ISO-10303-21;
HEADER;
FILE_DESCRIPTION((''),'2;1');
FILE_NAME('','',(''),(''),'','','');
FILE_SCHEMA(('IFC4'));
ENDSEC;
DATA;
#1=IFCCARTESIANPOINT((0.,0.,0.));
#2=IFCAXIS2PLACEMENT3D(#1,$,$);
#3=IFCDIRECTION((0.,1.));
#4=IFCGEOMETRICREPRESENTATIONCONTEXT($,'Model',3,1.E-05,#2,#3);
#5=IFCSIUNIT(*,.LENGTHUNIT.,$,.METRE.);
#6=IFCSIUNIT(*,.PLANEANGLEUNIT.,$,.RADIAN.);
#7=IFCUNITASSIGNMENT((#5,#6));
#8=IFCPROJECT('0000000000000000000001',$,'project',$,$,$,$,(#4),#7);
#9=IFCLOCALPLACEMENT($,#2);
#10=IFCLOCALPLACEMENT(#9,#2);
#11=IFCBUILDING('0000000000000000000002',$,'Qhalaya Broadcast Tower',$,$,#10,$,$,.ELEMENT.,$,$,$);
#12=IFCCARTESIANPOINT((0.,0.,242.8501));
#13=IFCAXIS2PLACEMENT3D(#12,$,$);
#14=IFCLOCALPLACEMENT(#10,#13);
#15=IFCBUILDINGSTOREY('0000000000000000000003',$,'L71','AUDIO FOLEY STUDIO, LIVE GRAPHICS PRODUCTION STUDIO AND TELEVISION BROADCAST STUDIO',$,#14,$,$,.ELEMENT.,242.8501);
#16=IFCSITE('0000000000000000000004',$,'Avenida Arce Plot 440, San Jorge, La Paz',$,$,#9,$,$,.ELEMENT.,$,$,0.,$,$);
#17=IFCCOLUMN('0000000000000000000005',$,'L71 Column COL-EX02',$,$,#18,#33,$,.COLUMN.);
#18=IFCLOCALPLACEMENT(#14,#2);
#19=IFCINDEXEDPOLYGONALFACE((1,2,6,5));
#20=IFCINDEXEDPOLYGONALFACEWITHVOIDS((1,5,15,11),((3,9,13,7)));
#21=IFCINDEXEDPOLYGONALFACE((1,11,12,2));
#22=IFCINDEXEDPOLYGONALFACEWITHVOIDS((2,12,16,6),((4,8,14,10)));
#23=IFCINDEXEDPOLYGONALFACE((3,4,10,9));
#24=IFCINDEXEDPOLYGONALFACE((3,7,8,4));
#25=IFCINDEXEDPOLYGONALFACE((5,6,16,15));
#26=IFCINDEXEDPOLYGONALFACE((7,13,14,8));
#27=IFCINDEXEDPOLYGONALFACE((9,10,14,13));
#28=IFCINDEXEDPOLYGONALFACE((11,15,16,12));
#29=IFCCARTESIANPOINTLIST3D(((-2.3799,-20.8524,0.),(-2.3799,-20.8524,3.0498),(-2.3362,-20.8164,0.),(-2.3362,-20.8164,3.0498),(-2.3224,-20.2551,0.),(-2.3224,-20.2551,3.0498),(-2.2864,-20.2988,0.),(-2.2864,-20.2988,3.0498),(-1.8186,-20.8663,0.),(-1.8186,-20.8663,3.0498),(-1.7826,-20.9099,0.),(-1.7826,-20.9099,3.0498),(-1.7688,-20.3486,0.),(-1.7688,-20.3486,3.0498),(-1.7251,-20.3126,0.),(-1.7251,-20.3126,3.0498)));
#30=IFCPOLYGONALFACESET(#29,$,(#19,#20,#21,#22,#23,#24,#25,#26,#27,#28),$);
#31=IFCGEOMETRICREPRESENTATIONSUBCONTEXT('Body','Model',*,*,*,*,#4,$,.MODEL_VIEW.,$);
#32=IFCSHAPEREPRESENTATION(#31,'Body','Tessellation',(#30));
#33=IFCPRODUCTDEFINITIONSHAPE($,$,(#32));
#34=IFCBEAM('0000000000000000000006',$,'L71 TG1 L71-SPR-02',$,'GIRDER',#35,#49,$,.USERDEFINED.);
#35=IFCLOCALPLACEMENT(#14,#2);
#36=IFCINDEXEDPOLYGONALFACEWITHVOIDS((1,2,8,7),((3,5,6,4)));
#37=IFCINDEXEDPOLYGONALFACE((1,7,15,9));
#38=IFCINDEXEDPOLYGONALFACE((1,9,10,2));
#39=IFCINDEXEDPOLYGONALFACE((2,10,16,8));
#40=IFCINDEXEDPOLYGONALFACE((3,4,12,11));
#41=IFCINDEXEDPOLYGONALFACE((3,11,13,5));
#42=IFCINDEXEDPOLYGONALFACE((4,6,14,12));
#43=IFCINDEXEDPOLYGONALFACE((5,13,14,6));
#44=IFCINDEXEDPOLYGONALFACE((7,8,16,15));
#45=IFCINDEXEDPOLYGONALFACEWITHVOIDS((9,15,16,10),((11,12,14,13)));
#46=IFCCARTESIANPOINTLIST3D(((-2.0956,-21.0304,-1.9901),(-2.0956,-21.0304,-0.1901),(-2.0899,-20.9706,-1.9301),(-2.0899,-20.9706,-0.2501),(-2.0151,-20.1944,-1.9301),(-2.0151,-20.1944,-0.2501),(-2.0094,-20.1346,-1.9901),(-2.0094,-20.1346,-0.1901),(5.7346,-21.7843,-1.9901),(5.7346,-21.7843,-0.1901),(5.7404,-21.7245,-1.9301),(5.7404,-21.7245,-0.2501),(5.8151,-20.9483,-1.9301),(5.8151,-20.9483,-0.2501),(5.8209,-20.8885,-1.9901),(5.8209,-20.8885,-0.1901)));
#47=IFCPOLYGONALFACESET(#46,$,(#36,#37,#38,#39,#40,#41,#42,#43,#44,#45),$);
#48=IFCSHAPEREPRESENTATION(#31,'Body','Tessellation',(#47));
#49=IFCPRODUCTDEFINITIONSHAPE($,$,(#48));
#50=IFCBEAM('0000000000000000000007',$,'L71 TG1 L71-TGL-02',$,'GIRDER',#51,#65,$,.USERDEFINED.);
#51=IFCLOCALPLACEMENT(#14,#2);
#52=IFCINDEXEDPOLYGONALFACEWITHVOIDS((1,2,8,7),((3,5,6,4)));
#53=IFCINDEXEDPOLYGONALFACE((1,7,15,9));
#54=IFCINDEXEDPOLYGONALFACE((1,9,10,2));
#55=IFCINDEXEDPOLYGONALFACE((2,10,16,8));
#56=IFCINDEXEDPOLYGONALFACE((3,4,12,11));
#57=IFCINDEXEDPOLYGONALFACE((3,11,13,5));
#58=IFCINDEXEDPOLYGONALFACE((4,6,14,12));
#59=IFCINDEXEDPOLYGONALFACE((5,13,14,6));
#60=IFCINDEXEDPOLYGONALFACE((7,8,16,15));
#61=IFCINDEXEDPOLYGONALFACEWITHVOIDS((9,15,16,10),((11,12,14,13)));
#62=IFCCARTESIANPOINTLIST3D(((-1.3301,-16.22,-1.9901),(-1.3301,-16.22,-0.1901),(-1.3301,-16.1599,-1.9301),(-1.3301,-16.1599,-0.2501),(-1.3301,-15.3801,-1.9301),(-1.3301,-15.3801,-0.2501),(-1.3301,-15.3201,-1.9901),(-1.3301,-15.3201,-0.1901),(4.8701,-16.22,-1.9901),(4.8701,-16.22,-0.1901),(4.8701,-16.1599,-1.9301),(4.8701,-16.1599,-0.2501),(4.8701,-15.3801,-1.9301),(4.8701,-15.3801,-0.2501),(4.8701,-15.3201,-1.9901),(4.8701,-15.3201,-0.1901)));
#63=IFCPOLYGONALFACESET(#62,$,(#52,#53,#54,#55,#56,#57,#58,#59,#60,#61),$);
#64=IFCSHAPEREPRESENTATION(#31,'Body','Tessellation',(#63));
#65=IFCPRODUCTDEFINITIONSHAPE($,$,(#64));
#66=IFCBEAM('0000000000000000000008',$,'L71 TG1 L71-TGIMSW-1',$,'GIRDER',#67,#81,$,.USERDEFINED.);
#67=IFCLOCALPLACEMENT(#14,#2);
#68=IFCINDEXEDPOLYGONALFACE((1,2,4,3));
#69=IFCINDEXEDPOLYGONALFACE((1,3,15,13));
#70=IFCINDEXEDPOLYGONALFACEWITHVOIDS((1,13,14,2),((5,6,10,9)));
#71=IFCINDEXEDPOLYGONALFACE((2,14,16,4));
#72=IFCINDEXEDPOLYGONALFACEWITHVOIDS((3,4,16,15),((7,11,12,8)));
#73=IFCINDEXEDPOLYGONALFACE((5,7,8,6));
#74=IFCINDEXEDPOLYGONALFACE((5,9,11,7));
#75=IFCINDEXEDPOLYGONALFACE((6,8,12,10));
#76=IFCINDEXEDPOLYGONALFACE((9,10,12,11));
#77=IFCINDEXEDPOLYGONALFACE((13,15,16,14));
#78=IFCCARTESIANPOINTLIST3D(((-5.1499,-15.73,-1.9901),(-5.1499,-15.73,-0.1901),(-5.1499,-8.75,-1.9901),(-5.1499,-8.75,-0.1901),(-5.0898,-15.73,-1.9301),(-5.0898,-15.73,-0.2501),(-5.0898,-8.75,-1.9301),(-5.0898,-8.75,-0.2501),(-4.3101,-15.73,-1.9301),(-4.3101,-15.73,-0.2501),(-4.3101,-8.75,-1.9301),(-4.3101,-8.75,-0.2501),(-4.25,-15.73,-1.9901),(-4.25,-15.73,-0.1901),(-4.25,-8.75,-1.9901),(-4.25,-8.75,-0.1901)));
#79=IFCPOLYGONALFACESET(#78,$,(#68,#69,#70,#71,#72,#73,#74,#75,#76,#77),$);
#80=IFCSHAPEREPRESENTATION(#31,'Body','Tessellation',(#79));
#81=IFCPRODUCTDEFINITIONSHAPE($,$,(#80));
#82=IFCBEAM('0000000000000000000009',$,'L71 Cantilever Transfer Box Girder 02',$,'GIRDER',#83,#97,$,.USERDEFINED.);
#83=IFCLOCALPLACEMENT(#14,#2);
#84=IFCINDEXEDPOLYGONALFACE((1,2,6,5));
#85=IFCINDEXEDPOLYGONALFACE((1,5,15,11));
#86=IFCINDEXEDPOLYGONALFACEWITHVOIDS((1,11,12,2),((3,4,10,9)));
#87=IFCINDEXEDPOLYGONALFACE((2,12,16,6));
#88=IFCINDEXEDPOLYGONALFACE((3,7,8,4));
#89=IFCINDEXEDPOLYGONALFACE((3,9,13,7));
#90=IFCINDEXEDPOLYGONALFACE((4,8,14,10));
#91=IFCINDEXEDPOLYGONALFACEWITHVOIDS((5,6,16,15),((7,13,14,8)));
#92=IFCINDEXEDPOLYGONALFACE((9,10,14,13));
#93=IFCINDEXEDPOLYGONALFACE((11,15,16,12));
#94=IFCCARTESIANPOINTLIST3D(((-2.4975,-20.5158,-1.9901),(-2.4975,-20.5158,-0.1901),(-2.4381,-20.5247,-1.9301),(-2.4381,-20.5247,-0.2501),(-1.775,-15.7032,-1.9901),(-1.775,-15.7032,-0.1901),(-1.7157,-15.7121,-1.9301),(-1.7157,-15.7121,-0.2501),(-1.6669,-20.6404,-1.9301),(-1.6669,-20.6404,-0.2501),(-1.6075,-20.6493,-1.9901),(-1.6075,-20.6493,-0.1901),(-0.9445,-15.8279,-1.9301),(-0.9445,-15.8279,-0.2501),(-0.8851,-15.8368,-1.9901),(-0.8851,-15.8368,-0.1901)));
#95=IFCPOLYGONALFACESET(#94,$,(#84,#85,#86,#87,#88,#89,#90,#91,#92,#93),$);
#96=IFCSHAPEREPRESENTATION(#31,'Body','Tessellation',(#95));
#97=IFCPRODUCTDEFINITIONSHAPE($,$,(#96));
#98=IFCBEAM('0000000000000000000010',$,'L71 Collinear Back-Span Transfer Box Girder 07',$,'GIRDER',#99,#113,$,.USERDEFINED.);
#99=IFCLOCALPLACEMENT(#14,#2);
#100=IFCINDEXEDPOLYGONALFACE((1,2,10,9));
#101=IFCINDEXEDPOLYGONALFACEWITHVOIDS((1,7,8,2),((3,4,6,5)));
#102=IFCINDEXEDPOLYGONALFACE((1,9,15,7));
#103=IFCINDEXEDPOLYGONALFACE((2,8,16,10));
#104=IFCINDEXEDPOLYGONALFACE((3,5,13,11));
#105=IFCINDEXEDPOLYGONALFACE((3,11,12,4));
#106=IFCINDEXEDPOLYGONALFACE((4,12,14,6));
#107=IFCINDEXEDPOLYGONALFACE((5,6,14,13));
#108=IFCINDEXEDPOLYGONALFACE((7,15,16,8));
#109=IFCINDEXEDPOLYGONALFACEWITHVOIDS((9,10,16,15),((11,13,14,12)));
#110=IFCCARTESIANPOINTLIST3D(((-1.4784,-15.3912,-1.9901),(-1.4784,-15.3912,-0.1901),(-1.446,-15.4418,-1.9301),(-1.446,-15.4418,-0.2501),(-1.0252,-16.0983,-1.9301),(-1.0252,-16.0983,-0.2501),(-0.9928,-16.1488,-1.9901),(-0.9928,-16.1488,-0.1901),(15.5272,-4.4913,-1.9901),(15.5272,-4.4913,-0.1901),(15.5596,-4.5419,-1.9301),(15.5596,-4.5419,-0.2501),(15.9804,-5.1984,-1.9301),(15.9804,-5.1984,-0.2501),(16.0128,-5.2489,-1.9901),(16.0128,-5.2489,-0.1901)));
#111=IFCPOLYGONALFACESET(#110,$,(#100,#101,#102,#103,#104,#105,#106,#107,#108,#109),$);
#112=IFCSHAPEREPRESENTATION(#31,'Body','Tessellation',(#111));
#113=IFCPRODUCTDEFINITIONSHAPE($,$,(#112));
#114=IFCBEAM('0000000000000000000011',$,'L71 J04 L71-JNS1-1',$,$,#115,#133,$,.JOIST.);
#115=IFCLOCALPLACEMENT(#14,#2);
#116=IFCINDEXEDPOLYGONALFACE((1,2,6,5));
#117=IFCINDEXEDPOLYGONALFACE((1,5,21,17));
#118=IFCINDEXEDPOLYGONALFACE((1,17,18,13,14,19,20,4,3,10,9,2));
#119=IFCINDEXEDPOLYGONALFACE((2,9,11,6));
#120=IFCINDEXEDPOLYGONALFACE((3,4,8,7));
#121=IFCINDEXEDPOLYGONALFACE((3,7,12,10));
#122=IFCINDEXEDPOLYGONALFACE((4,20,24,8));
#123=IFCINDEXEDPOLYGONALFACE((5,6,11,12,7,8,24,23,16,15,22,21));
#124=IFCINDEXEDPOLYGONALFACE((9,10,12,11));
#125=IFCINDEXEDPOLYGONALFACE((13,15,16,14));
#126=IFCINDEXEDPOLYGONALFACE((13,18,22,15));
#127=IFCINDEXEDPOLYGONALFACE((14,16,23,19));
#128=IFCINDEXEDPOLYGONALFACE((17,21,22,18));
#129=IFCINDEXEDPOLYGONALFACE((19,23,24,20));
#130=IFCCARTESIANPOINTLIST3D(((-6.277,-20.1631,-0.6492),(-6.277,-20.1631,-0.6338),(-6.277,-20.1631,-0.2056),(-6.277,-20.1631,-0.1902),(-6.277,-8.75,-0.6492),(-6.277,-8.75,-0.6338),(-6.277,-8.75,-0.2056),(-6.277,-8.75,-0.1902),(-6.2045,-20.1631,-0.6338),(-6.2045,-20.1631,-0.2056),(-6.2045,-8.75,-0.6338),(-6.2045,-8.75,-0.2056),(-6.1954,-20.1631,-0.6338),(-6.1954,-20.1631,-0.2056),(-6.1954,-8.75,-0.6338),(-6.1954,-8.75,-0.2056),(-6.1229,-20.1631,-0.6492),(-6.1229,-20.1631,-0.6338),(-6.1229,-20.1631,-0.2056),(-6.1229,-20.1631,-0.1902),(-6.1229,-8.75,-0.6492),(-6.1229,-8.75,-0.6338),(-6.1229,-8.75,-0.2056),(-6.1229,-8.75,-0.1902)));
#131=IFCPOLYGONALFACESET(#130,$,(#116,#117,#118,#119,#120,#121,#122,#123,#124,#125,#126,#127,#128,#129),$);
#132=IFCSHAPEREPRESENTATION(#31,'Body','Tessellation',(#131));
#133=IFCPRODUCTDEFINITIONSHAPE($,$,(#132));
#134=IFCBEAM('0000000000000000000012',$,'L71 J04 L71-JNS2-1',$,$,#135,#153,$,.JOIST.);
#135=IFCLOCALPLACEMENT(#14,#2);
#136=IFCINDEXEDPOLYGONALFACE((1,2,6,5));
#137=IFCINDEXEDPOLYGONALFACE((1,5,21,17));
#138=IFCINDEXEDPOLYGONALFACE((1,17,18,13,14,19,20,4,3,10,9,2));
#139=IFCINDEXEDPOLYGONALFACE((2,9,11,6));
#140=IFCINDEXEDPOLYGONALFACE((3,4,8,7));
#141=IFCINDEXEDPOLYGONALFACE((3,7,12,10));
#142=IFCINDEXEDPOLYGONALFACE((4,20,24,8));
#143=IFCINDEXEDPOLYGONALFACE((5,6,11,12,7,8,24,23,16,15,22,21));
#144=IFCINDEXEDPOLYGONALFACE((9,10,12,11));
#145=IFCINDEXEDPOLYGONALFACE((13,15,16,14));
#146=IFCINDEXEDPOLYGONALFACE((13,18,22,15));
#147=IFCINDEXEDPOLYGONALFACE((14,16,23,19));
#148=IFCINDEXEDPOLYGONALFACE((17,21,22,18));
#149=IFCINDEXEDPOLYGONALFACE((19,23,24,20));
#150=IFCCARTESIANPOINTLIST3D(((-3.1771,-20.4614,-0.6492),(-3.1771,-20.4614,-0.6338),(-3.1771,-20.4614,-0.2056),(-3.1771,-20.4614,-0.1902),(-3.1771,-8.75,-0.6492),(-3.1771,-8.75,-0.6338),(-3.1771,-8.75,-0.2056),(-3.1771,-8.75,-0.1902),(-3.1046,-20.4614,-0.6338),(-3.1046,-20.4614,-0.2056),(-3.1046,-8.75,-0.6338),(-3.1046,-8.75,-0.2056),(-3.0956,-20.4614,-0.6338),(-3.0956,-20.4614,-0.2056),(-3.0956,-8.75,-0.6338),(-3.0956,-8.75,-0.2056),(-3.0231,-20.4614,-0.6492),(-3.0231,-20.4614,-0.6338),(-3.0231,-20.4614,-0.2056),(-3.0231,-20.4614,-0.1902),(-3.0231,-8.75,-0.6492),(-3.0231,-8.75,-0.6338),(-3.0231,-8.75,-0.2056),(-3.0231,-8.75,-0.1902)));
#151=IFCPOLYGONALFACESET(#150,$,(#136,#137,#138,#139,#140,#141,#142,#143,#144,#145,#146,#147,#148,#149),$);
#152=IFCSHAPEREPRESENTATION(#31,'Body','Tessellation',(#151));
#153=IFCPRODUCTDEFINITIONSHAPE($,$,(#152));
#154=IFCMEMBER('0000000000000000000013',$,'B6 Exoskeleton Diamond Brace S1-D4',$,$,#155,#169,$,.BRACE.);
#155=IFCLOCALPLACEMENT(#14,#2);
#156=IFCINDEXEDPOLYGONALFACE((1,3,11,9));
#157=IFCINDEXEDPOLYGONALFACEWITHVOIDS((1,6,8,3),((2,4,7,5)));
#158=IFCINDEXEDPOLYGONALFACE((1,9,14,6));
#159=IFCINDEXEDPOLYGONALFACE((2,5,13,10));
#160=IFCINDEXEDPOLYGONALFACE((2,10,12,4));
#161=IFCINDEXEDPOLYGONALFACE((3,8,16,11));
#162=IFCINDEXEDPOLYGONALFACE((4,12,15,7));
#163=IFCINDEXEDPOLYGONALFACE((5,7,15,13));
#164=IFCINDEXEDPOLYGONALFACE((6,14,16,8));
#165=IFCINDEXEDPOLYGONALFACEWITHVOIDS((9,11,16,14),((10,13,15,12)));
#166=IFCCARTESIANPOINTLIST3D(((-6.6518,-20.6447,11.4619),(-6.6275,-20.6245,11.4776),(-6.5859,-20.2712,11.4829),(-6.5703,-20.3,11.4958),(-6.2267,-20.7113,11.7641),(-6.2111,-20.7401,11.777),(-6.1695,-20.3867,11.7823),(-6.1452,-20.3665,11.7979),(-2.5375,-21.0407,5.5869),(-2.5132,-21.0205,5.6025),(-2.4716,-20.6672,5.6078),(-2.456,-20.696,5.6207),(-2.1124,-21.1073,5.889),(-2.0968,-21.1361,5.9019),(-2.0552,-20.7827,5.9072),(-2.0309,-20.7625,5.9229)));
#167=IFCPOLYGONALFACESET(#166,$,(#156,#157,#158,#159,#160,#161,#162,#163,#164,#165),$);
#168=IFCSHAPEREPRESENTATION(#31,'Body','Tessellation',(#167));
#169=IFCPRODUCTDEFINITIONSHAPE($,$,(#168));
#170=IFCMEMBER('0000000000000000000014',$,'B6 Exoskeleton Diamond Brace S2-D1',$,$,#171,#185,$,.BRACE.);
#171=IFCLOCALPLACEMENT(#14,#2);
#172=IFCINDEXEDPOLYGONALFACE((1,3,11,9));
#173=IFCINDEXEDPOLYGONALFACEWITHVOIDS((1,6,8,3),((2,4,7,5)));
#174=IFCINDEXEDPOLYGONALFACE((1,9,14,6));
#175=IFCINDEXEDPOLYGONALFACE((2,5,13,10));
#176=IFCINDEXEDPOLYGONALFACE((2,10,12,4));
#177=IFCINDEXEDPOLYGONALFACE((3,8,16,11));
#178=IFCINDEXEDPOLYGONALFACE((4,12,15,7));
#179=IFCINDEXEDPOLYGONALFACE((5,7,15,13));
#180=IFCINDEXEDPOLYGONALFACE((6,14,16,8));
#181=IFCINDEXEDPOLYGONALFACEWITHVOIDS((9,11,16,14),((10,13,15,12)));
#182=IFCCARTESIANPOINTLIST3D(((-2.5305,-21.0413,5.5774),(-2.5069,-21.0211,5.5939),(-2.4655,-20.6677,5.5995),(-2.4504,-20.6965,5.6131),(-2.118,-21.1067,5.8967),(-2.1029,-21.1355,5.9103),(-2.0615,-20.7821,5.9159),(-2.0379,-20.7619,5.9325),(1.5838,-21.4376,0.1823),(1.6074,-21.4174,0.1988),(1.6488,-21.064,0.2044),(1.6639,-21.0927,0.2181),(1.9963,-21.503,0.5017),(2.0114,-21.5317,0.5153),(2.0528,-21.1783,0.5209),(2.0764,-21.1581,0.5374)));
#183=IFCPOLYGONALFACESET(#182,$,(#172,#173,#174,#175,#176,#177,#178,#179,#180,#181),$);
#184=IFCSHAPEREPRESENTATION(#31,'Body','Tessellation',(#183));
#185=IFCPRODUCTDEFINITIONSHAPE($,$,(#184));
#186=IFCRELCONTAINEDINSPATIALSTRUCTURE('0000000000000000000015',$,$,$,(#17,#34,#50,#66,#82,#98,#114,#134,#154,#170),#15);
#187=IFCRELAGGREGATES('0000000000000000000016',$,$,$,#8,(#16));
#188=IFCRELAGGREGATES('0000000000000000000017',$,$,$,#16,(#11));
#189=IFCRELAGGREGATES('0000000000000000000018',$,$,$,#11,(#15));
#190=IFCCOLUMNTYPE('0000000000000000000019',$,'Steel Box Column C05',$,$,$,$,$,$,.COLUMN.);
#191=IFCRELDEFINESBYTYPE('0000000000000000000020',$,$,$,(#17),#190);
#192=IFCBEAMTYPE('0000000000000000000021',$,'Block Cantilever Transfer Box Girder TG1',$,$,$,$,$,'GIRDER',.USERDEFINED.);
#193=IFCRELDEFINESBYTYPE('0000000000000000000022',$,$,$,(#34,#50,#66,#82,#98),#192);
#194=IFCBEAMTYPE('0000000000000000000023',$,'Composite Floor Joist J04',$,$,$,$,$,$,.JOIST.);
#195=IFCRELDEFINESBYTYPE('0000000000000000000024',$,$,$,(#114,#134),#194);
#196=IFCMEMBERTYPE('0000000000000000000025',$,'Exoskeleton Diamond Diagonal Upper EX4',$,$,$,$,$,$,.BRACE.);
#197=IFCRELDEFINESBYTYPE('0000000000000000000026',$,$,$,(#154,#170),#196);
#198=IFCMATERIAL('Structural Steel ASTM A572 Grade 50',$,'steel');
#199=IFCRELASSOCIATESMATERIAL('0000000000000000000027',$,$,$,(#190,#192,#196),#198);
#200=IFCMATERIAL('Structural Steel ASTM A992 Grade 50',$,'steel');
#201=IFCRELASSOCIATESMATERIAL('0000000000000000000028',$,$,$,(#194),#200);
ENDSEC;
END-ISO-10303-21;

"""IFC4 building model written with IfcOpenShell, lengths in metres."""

from ifc_helpers import new_model, si_unit, direction, frame, origin, origin_2d, place, context, subcontext, project, spatial, hollow_rectangle, i_section, extrude, material, material_profile, profile_set, type_object, element, save


model = new_model("IFC4")

# Units and contexts
model_context = context("Model", 3, precision=1e-05, world=origin(), true_north=direction((0.0, 1.0)))
body_context = subcontext(model_context, "Body", "Model", "MODEL_VIEW")
ifc_project = project(units=[si_unit("LENGTHUNIT", "METRE"), si_unit("PLANEANGLEUNIT", "RADIAN")], contexts=[model_context])

# Site, building, storey
site_placement = place(None, origin())
site = spatial("IfcSite", under=ifc_project, at=site_placement, Name="Avenida Arce Plot 440, San Jorge, La Paz", CompositionType="ELEMENT", RefElevation=0.0)
building_placement = place(site_placement, origin())
building = spatial("IfcBuilding", under=site, at=building_placement, Name="Qhalaya Broadcast Tower", CompositionType="ELEMENT")
storey_placement = place(building_placement, frame((0.0, 0.0, 242.8501)))
storey = spatial("IfcBuildingStorey", under=building, at=storey_placement, Name="L71", Description="AUDIO FOLEY STUDIO, LIVE GRAPHICS PRODUCTION STUDIO AND TELEVISION BROADCAST STUDIO", CompositionType="ELEMENT", Elevation=242.8501)

# Column
ifc_material_1 = material(Name="Structural Steel ASTM A572 Grade 50", Category="steel")
ifc_material_profile_1 = material_profile(ifc_material_1, hollow_rectangle(XDim=0.6001, YDim=0.6001, WallThickness=0.04, at=origin_2d()), Name="BOX 600x600x40")
ifc_profile_set_1 = profile_set([ifc_material_profile_1], Name="Structural Steel ASTM A572 Grade 50")
column_type = type_object("IfcColumnType", Name="Steel Box Column C05", PredefinedType="COLUMN", material=ifc_profile_set_1)
column_placement = place(storey_placement, frame((-2.0525, -20.5825, 0.0), z_axis=(0.0, 0.0, 1.0), x_axis=(0.995396, -0.095846, 0.0)))
element("IfcColumn", 1, at=column_placement, inside=storey, type_object=column_type, Name="L71 Column COL-EX02", PredefinedType="COLUMN", context=body_context, shape_type="SweptSolid", body=[
    extrude(hollow_rectangle(XDim=0.6001, YDim=0.6001, WallThickness=0.04, at=origin_2d()), origin(), (0.0, 0.0, 1.0), 3.0498),
])

# Beams
ifc_material_profile_2 = material_profile(ifc_material_1, hollow_rectangle(XDim=0.8999, YDim=1.8, WallThickness=0.0601, at=origin_2d()), Name="BOX 900x1800x60")
ifc_profile_set_2 = profile_set([ifc_material_profile_2], Name="Structural Steel ASTM A572 Grade 50")
beam_type_1 = type_object("IfcBeamType", Name="Block Cantilever Transfer Box Girder TG1", ElementType="GIRDER", PredefinedType="USERDEFINED", material=ifc_profile_set_2)
beam_1_placement = place(storey_placement, frame((-2.0525, -20.5825, -1.0901), z_axis=(0.995397, -0.095837, 0.0), x_axis=(0.095837, 0.995397, 0.0)))
element("IfcBeam", 2, at=beam_1_placement, inside=storey, type_object=beam_type_1, Name="L71 TG1 L71-SPR-02", ObjectType="GIRDER", PredefinedType="USERDEFINED", context=body_context, shape_type="SweptSolid", body=[
    extrude(hollow_rectangle(XDim=0.8999, YDim=1.8, WallThickness=0.0601, at=origin_2d()), origin(), (0.0, 0.0, 1.0), 7.8665),
])
beam_2_placement = place(storey_placement, frame((-1.3301, -15.77, -1.0901), z_axis=(1.0, 0.0, 0.0), x_axis=(0.0, 1.0, 0.0)))
element("IfcBeam", 3, at=beam_2_placement, inside=storey, type_object=beam_type_1, Name="L71 TG1 L71-TGL-02", ObjectType="GIRDER", PredefinedType="USERDEFINED", context=body_context, shape_type="SweptSolid", body=[
    extrude(hollow_rectangle(XDim=0.8999, YDim=1.8, WallThickness=0.0601, at=origin_2d()), origin(), (0.0, 0.0, 1.0), 6.2002),
])
beam_3_placement = place(storey_placement, frame((-4.7, -15.73, -1.0901), z_axis=(0.0, 1.0, 0.0), x_axis=(-1.0, 0.0, 0.0)))
element("IfcBeam", 4, at=beam_3_placement, inside=storey, type_object=beam_type_1, Name="L71 TG1 L71-TGIMSW-1", ObjectType="GIRDER", PredefinedType="USERDEFINED", context=body_context, shape_type="SweptSolid", body=[
    extrude(hollow_rectangle(XDim=0.8999, YDim=1.8, WallThickness=0.0601, at=origin_2d()), origin(), (0.0, 0.0, 1.0), 6.98),
])
beam_4_placement = place(storey_placement, frame((-1.3301, -15.77, -1.0901), z_axis=(-0.148448, -0.98892, 0.0), x_axis=(0.98892, -0.148448, 0.0)))
element("IfcBeam", 5, at=beam_4_placement, inside=storey, type_object=beam_type_1, Name="L71 Cantilever Transfer Box Girder 02", ObjectType="GIRDER", PredefinedType="USERDEFINED", context=body_context, shape_type="SweptSolid", body=[
    extrude(hollow_rectangle(XDim=0.8999, YDim=1.8, WallThickness=0.0601, at=origin_2d()), origin(), (0.0, 0.0, 1.0), 4.8665),
])
beam_5_placement = place(storey_placement, frame((-1.2356, -15.77, -1.0901), z_axis=(0.841905, 0.539626, 0.0), x_axis=(-0.539626, 0.841905, 0.0)))
element("IfcBeam", 6, at=beam_5_placement, inside=storey, type_object=beam_type_1, Name="L71 Collinear Back-Span Transfer Box Girder 07", ObjectType="GIRDER", PredefinedType="USERDEFINED", context=body_context, shape_type="SweptSolid", body=[
    extrude(hollow_rectangle(XDim=0.8999, YDim=1.8, WallThickness=0.0601, at=origin_2d()), origin(), (0.0, 0.0, 1.0), 20.199),
])
ifc_material_2 = material(Name="Structural Steel ASTM A992 Grade 50", Category="steel")
ifc_material_profile_3 = material_profile(ifc_material_2, i_section(OverallWidth=0.1541, OverallDepth=0.459, WebThickness=0.009, FlangeThickness=0.0154, at=origin_2d()), Name="W18X46")
ifc_profile_set_3 = profile_set([ifc_material_profile_3], Name="Structural Steel ASTM A992 Grade 50")
beam_type_2 = type_object("IfcBeamType", Name="Composite Floor Joist J04", PredefinedType="JOIST", material=ifc_profile_set_3)
beam_6_placement = place(storey_placement, frame((-6.2, -20.1631, -0.4197), z_axis=(0.0, 1.0, 0.0), x_axis=(-1.0, 0.0, 0.0)))
element("IfcBeam", 7, at=beam_6_placement, inside=storey, type_object=beam_type_2, Name="L71 J04 L71-JNS1-1", PredefinedType="JOIST", context=body_context, shape_type="SweptSolid", body=[
    extrude(i_section(OverallWidth=0.1541, OverallDepth=0.459, WebThickness=0.009, FlangeThickness=0.0154, at=origin_2d()), origin(), (0.0, 0.0, 1.0), 11.4131),
])
beam_7_placement = place(storey_placement, frame((-3.1001, -20.4614, -0.4197), z_axis=(0.0, 1.0, 0.0), x_axis=(-1.0, 0.0, 0.0)))
element("IfcBeam", 8, at=beam_7_placement, inside=storey, type_object=beam_type_2, Name="L71 J04 L71-JNS2-1", PredefinedType="JOIST", context=body_context, shape_type="SweptSolid", body=[
    extrude(i_section(OverallWidth=0.1541, OverallDepth=0.459, WebThickness=0.009, FlangeThickness=0.0154, at=origin_2d()), origin(), (0.0, 0.0, 1.0), 11.7114),
])

# Members
ifc_material_profile_4 = material_profile(ifc_material_1, hollow_rectangle(XDim=0.3799, YDim=0.55, WallThickness=0.0249, at=origin_2d()), Name="BOX 380x550x25")
ifc_profile_set_4 = profile_set([ifc_material_profile_4], Name="Structural Steel ASTM A572 Grade 50")
member_type_1 = type_object("IfcMemberType", Name="Exoskeleton Diamond Diagonal Upper EX4", PredefinedType="BRACE", material=ifc_profile_set_4)
member_1_placement = place(storey_placement, frame((-2.2842, -20.9016, 5.7549), z_axis=(-0.572755, 0.055127, 0.817871), x_axis=(-0.173395, -0.983307, -0.05515)))
element("IfcMember", 9, at=member_1_placement, inside=storey, type_object=member_type_1, Name="B6 Exoskeleton Diamond Brace S1-D4", PredefinedType="BRACE", context=body_context, shape_type="SweptSolid", body=[
    extrude(hollow_rectangle(XDim=0.3799, YDim=0.55, WallThickness=0.0249, at=origin_2d()), origin(), (0.0, 0.0, 1.0), 7.1833),
])
for number, where, z_axis, x_axis, name in (
    (10, (1.8301, -21.2979, 0.3599), (-0.605363, 0.058302, 0.793811), (-0.171157, -0.983518, -0.05829), "B6 Exoskeleton Diamond Brace S2-D1"),
):
    element("IfcMember", number, at=place(storey_placement, frame(where, z_axis=z_axis, x_axis=x_axis)), inside=storey, type_object=member_type_1, Name=name, PredefinedType="BRACE", context=body_context, shape_type="SweptSolid", body=[
        extrude(hollow_rectangle(XDim=0.3799, YDim=0.55, WallThickness=0.0249, at=origin_2d()), origin(), (0.0, 0.0, 1.0), 6.7964),
    ])

save(model, "model.ifc")
